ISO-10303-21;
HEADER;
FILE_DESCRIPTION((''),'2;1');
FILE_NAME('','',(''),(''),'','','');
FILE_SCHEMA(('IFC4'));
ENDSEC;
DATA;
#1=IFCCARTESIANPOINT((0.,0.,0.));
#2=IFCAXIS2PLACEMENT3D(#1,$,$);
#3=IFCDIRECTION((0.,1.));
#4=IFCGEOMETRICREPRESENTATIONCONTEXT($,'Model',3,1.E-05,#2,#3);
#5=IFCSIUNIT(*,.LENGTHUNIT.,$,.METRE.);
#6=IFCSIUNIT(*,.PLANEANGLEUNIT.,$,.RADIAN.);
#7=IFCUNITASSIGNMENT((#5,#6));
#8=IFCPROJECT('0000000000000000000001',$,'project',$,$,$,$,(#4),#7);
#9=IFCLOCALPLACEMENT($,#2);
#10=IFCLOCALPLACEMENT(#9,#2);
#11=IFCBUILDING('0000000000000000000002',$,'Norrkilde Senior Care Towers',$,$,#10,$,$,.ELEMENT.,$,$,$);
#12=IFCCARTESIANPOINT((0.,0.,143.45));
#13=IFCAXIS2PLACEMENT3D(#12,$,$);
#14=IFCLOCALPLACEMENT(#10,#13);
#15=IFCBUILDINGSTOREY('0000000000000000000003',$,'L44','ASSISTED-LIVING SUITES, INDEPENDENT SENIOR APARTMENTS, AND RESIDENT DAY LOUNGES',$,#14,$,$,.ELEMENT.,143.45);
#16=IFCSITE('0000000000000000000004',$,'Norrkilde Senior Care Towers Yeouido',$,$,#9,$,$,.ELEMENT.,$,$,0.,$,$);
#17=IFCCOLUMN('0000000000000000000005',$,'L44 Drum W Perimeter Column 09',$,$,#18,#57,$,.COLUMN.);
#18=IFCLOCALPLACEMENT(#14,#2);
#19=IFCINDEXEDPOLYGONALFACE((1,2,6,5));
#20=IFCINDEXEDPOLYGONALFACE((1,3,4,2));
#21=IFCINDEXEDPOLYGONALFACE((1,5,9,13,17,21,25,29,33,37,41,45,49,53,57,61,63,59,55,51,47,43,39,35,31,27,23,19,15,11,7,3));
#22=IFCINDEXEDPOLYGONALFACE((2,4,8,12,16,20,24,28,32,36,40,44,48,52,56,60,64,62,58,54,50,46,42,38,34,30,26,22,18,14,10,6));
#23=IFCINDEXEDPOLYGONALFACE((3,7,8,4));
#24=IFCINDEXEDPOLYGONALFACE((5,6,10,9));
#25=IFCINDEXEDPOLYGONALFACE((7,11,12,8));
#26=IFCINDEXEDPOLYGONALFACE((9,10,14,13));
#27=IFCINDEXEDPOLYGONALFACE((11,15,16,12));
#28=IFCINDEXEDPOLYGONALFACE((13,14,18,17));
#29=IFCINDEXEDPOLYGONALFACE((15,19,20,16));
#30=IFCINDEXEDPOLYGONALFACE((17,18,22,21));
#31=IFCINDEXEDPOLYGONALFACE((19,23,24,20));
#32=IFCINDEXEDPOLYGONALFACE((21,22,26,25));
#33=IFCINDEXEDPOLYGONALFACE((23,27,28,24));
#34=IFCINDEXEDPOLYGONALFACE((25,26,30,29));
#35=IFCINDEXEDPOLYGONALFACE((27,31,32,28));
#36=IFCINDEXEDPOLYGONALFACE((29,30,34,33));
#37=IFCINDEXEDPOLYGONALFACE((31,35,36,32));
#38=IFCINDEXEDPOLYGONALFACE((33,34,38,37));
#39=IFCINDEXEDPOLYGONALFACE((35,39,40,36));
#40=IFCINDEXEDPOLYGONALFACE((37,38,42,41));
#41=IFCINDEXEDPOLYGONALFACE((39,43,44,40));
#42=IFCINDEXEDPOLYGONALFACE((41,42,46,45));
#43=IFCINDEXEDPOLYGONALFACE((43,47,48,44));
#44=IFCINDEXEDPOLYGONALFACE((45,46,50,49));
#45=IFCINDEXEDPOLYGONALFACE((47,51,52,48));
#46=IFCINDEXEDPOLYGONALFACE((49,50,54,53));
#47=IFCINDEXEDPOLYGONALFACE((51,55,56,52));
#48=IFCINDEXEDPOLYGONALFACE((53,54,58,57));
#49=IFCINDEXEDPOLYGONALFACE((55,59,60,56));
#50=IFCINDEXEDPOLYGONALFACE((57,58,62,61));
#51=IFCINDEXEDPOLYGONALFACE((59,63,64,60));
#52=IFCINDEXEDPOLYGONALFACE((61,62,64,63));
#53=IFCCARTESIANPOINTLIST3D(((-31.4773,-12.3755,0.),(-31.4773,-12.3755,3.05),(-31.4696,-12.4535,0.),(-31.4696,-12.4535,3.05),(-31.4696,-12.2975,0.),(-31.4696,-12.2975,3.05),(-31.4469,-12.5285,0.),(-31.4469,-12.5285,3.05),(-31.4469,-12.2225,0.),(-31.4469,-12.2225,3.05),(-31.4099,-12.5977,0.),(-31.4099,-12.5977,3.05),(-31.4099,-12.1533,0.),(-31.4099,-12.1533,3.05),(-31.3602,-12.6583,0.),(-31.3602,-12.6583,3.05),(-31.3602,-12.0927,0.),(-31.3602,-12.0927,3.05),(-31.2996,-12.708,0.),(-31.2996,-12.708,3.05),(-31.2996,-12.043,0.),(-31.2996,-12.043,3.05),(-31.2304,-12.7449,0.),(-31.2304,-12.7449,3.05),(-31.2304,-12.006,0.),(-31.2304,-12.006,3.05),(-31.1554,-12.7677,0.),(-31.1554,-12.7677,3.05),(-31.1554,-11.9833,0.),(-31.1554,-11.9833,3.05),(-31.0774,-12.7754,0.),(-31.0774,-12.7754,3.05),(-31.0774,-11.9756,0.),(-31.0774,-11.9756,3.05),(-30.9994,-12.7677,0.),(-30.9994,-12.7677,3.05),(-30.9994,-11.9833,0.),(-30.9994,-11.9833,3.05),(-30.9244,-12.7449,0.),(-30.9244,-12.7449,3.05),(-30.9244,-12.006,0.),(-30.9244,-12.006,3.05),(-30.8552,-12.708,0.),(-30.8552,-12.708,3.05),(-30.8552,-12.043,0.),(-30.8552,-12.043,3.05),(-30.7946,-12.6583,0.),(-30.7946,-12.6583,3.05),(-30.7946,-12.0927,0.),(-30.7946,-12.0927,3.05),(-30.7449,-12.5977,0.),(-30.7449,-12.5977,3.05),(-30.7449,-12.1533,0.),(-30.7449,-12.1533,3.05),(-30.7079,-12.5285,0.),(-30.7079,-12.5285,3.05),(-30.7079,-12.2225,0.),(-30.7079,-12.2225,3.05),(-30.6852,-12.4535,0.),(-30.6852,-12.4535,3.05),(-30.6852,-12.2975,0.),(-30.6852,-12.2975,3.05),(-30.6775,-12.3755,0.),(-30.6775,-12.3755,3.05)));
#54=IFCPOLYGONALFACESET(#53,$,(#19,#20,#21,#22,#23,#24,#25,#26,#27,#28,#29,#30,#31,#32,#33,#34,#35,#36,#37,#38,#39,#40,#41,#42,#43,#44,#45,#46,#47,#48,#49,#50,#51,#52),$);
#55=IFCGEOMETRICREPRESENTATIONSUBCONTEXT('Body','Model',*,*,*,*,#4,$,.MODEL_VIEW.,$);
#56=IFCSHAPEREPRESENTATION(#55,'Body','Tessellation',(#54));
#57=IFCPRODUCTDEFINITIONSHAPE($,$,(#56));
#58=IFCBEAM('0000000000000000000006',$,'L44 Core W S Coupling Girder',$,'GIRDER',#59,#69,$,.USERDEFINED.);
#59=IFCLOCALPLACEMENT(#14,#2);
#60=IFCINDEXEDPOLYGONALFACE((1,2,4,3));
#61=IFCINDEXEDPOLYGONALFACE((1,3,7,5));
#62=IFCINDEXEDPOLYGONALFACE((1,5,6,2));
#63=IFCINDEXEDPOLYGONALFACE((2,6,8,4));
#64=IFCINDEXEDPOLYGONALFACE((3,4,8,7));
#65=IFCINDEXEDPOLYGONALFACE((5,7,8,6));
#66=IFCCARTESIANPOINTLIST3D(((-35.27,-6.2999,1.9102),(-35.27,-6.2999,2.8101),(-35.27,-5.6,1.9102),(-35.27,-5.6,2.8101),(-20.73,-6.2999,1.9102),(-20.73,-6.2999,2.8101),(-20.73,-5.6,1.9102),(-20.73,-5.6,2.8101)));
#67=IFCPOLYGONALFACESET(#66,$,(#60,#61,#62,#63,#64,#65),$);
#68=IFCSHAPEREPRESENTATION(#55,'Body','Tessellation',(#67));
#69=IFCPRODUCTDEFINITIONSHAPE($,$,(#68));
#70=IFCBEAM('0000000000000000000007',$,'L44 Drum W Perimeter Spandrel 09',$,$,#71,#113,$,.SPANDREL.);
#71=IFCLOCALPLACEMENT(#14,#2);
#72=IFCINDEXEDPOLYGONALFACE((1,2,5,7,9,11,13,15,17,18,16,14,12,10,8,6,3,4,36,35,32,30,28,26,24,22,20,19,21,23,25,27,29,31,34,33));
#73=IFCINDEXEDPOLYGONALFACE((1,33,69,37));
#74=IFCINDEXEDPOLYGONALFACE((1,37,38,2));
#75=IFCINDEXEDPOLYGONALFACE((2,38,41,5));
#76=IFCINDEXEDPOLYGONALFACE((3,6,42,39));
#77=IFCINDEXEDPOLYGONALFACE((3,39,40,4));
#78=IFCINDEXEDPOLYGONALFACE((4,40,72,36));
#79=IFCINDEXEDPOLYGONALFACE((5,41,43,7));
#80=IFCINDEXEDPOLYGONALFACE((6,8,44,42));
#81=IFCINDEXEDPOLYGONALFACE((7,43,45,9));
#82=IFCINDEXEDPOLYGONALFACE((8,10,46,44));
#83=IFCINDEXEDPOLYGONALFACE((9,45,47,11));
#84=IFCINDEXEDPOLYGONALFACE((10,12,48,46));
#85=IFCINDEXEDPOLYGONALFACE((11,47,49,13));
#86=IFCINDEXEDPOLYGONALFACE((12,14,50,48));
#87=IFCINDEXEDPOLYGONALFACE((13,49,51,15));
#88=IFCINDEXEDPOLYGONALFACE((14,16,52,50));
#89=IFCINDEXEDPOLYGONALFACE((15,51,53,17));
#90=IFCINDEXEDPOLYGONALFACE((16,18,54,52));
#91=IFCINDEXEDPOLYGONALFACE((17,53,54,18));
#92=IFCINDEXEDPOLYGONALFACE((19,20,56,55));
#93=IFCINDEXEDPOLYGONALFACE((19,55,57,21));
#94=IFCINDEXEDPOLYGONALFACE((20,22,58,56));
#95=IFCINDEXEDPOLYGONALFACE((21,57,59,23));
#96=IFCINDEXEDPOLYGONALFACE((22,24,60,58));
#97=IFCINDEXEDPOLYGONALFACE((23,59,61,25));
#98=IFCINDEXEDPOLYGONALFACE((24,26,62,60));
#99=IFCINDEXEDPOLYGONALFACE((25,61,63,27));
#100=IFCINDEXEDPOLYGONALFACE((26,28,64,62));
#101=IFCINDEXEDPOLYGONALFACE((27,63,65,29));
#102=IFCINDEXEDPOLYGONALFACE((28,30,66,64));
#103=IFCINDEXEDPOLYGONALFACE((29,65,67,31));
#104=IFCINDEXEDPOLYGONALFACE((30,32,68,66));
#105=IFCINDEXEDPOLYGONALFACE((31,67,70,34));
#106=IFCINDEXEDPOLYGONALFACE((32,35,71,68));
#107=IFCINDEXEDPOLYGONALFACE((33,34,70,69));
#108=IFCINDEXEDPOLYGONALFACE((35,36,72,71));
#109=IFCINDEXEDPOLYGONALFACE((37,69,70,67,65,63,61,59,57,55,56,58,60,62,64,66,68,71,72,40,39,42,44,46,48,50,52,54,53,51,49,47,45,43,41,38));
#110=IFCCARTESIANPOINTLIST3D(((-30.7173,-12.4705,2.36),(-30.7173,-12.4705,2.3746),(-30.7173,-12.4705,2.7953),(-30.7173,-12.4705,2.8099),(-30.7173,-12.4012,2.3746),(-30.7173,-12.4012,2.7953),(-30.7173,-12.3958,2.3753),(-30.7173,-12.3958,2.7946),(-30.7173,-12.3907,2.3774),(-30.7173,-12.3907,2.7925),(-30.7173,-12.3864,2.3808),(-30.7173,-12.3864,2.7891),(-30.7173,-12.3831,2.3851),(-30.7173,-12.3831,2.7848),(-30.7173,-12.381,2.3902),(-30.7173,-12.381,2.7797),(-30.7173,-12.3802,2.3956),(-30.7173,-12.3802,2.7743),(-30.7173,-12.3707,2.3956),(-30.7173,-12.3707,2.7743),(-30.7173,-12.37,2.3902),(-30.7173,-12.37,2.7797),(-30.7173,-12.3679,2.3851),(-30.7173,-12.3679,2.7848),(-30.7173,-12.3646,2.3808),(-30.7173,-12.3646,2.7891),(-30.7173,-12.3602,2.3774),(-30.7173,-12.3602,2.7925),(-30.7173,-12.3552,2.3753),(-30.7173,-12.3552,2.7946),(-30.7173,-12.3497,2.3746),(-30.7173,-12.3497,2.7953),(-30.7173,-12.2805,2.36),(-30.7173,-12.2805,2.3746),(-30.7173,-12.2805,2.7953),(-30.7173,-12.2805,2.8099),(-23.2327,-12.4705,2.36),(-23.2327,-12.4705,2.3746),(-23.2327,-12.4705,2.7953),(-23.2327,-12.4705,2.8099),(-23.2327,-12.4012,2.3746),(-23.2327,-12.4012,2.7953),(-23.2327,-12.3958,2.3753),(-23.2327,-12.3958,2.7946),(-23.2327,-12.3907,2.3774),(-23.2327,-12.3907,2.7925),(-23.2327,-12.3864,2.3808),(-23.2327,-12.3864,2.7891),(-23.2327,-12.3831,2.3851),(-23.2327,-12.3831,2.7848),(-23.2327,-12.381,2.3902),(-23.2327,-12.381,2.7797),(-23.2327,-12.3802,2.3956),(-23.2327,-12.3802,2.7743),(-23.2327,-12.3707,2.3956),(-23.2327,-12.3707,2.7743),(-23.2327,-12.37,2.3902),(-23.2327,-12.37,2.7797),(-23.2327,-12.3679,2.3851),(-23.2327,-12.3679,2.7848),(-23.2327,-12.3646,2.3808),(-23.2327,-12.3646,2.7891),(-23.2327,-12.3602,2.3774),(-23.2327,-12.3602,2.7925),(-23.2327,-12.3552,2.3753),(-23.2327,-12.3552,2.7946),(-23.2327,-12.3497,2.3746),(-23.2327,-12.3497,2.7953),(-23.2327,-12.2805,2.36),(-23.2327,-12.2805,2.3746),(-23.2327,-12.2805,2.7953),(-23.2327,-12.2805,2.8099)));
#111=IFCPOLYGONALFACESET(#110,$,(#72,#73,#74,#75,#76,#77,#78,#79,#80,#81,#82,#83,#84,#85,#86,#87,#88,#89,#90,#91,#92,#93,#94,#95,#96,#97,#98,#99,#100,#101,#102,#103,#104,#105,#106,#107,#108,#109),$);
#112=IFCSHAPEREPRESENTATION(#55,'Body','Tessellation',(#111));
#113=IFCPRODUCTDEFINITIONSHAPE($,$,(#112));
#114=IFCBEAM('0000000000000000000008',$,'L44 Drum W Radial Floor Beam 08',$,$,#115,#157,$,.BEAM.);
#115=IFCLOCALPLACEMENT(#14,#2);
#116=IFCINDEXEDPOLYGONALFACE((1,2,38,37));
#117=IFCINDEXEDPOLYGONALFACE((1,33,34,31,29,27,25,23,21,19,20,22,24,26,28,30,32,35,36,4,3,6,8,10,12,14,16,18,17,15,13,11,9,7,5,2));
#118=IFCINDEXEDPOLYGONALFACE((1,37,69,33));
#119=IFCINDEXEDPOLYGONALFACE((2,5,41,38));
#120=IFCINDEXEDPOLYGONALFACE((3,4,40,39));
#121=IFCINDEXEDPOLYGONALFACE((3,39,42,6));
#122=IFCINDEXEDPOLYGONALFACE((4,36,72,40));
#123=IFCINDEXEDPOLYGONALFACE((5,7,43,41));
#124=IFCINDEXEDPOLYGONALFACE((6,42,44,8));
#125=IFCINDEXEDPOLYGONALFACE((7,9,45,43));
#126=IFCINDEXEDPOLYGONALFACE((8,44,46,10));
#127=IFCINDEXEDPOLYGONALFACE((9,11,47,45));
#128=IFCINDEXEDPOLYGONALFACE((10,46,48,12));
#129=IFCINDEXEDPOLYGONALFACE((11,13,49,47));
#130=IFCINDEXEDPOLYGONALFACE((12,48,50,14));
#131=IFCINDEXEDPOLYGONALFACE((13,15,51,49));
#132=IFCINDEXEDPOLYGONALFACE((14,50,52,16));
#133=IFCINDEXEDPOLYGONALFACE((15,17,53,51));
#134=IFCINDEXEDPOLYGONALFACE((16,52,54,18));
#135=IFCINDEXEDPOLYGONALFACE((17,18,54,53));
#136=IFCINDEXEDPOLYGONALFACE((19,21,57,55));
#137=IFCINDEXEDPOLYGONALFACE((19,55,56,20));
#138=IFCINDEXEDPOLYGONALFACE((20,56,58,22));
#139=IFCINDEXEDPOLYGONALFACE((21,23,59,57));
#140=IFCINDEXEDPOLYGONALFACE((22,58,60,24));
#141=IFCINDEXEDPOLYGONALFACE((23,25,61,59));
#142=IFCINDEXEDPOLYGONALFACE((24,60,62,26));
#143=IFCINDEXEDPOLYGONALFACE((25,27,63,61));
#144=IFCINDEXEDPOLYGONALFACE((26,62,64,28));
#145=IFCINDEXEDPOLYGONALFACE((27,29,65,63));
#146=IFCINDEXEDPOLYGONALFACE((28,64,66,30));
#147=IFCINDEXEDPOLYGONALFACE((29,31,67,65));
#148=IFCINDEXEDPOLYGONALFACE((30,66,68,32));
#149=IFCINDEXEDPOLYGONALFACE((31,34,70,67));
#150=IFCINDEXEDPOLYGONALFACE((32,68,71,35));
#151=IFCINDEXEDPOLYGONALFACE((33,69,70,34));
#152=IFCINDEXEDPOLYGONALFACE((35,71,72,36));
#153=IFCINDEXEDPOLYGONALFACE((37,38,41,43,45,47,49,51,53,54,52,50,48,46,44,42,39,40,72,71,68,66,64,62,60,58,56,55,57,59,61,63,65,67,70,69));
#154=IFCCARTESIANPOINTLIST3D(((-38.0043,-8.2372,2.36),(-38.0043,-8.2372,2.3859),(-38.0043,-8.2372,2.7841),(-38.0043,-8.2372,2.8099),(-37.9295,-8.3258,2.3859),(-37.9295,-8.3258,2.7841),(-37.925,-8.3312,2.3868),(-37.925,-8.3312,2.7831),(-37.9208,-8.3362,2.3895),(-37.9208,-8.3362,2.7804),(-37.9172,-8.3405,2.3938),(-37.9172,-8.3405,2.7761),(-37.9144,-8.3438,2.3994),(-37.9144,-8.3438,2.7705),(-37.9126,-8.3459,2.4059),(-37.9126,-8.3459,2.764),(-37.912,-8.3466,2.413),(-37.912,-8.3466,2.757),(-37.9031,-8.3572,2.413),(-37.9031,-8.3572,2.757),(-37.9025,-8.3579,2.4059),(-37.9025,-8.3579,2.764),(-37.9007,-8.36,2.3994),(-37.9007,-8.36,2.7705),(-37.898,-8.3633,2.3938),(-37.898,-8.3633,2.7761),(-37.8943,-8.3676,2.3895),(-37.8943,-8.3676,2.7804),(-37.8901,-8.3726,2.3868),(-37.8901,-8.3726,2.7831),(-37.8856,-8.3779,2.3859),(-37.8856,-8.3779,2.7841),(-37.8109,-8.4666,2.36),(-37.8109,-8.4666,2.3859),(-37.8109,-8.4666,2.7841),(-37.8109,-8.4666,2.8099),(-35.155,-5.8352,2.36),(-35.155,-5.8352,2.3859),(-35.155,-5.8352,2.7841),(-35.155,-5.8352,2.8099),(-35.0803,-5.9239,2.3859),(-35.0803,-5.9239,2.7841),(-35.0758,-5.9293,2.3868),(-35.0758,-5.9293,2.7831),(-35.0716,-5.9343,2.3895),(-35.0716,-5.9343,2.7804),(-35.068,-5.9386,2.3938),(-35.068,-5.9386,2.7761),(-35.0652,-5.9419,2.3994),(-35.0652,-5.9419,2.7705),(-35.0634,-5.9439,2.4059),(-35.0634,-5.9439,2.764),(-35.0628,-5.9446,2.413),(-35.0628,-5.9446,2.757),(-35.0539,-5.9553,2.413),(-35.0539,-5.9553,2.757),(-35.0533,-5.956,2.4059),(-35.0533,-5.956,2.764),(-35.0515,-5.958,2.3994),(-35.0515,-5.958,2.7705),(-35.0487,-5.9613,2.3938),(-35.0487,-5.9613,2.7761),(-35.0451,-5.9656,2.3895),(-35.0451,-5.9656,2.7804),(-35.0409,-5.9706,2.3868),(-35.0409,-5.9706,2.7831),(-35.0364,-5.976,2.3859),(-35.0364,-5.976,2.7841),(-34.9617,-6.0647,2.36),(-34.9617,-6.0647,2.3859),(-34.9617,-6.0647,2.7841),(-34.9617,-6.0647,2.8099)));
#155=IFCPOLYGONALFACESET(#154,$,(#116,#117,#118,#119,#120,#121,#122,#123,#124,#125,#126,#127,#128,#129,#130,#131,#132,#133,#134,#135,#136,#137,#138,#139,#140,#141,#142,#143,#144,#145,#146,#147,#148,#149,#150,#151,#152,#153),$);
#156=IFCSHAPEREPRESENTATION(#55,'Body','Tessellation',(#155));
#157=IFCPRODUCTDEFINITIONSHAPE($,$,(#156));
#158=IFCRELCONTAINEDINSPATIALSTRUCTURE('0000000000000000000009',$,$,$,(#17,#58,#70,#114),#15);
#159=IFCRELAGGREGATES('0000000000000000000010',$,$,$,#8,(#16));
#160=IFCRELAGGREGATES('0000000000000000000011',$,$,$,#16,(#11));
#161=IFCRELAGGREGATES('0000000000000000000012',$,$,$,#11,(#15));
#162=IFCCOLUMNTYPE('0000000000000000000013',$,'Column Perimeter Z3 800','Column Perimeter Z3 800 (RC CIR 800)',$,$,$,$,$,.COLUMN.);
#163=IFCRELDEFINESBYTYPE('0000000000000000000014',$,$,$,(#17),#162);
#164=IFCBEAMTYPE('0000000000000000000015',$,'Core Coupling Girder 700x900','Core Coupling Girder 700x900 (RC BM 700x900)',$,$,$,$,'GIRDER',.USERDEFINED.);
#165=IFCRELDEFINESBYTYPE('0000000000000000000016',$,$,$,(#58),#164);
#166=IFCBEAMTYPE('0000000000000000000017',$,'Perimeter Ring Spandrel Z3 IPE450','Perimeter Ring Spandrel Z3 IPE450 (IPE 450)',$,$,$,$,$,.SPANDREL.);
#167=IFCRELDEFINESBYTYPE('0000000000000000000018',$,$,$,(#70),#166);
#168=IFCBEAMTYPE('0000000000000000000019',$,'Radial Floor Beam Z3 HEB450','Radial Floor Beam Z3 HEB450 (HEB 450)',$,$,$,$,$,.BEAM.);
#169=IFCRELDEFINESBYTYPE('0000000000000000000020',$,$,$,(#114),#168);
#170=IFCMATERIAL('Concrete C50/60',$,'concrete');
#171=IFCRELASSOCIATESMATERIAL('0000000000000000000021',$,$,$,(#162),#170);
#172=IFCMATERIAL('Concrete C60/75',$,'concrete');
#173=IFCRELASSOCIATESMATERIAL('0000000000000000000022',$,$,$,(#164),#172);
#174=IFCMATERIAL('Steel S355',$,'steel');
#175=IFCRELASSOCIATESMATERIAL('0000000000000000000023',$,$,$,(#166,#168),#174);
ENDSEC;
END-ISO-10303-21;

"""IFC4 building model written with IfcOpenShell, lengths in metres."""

from ifc_helpers import new_model, si_unit, direction, frame, origin, origin_2d, place, context, subcontext, project, spatial, rectangle, circle, i_section, extrude, source, transform, mapped, material, material_profile, profile_set, type_object, type_shapes, element, save


model = new_model("IFC4")

# Units and contexts
model_context = context("Model", 3, precision=1e-05, world=origin(), true_north=direction((0.0, 1.0)))
body_context = subcontext(model_context, "Body", "Model", "MODEL_VIEW")
ifc_project = project(units=[si_unit("LENGTHUNIT", "METRE"), si_unit("PLANEANGLEUNIT", "RADIAN")], contexts=[model_context])

# Site, building, storey
site_placement = place(None, origin())
site = spatial("IfcSite", under=ifc_project, at=site_placement, Name="Norrkilde Senior Care Towers Yeouido", CompositionType="ELEMENT", RefElevation=0.0)
building_placement = place(site_placement, origin())
building = spatial("IfcBuilding", under=site, at=building_placement, Name="Norrkilde Senior Care Towers", CompositionType="ELEMENT")
storey_placement = place(building_placement, frame((0.0, 0.0, 143.45)))
storey = spatial("IfcBuildingStorey", under=building, at=storey_placement, Name="L44", Description="ASSISTED-LIVING SUITES, INDEPENDENT SENIOR APARTMENTS, AND RESIDENT DAY LOUNGES", CompositionType="ELEMENT", Elevation=143.45)

# Column
ifc_material_1 = material(Name="Concrete C50/60", Category="concrete")
ifc_material_profile_1 = material_profile(ifc_material_1, circle(Radius=0.3999, at=origin_2d()), Name="RC CIR 800")
ifc_profile_set_1 = profile_set([ifc_material_profile_1], Name="Concrete C50/60")
column_type = type_object("IfcColumnType", Name="Column Perimeter Z3 800", Description="Column Perimeter Z3 800 (RC CIR 800)", PredefinedType="COLUMN", material=ifc_profile_set_1)
shared_shape_1 = source(origin(), body_context, "Body", "SweptSolid", [
    extrude(circle(Radius=0.3999, at=origin_2d()), origin(), (0.0, 0.0, 1.0), 3.05),
])
type_shapes(column_type, [shared_shape_1])
column_placement = place(storey_placement, frame((-31.0774, -12.3755, 0.0), z_axis=(0.0, 0.0, 1.0), x_axis=(1.0, 0.0, 0.0)))
element("IfcColumn", 1, at=column_placement, inside=storey, type_object=column_type, Name="L44 Drum W Perimeter Column 09", PredefinedType="COLUMN", context=body_context, shape_type="MappedRepresentation", body=[
    mapped(shared_shape_1, transform((0.0, 0.0, 0.0), x_axis=(1.0, 0.0, 0.0), y_axis=(0.0, 1.0, 0.0), z_axis=(0.0, 0.0, 1.0), scale=1.0)),
])

# Beams
ifc_material_2 = material(Name="Concrete C60/75", Category="concrete")
ifc_material_profile_2 = material_profile(ifc_material_2, rectangle(XDim=0.7, YDim=0.8999, at=origin_2d()), Name="RC BM 700x900")
ifc_profile_set_2 = profile_set([ifc_material_profile_2], Name="Concrete C60/75")
beam_type_1 = type_object("IfcBeamType", Name="Core Coupling Girder 700x900", Description="Core Coupling Girder 700x900 (RC BM 700x900)", ElementType="GIRDER", PredefinedType="USERDEFINED", material=ifc_profile_set_2)
shared_shape_2 = source(origin(), body_context, "Body", "SweptSolid", [
    extrude(rectangle(XDim=0.7, YDim=0.8999, at=origin_2d()), origin(), (0.0, 0.0, 1.0), 14.54),
])
type_shapes(beam_type_1, [shared_shape_2])
beam_1_placement = place(storey_placement, frame((-35.27, -5.95, 2.3601), z_axis=(1.0, 0.0, 0.0), x_axis=(0.0, 1.0, 0.0)))
element("IfcBeam", 2, at=beam_1_placement, inside=storey, type_object=beam_type_1, Name="L44 Core W S Coupling Girder", ObjectType="GIRDER", PredefinedType="USERDEFINED", context=body_context, shape_type="MappedRepresentation", body=[
    mapped(shared_shape_2, transform((0.0, 0.0, 0.0), x_axis=(1.0, 0.0, 0.0), y_axis=(0.0, 1.0, 0.0), z_axis=(0.0, 0.0, 1.0), scale=1.0)),
])
ifc_material_3 = material(Name="Steel S355", Category="steel")
ifc_material_profile_3 = material_profile(ifc_material_3, i_section(OverallWidth=0.1899, OverallDepth=0.45, WebThickness=0.0095, FlangeThickness=0.0146, FilletRadius=0.021, at=origin_2d()), Name="IPE 450")
ifc_profile_set_3 = profile_set([ifc_material_profile_3], Name="Steel S355")
beam_type_2 = type_object("IfcBeamType", Name="Perimeter Ring Spandrel Z3 IPE450", Description="Perimeter Ring Spandrel Z3 IPE450 (IPE 450)", PredefinedType="SPANDREL", material=ifc_profile_set_3)
shared_shape_3 = source(origin(), body_context, "Body", "SweptSolid", [
    extrude(i_section(OverallWidth=0.1899, OverallDepth=0.45, WebThickness=0.0095, FlangeThickness=0.0146, FilletRadius=0.021, at=origin_2d()), origin(), (0.0, 0.0, 1.0), 7.4846),
])
type_shapes(beam_type_2, [shared_shape_3])
beam_2_placement = place(storey_placement, frame((-30.7173, -12.3755, 2.585), z_axis=(1.0, 0.0, 0.0), x_axis=(0.0, 1.0, 0.0)))
element("IfcBeam", 3, at=beam_2_placement, inside=storey, type_object=beam_type_2, Name="L44 Drum W Perimeter Spandrel 09", PredefinedType="SPANDREL", context=body_context, shape_type="MappedRepresentation", body=[
    mapped(shared_shape_3, transform((0.0, 0.0, 0.0), x_axis=(1.0, 0.0, 0.0), y_axis=(0.0, 1.0, 0.0), z_axis=(0.0, 0.0, 1.0), scale=1.0)),
])
ifc_material_profile_4 = material_profile(ifc_material_3, i_section(OverallWidth=0.3, OverallDepth=0.45, WebThickness=0.0139, FlangeThickness=0.0259, FilletRadius=0.0271, at=origin_2d()), Name="HEB 450")
ifc_profile_set_4 = profile_set([ifc_material_profile_4], Name="Steel S355")
beam_type_3 = type_object("IfcBeamType", Name="Radial Floor Beam Z3 HEB450", Description="Radial Floor Beam Z3 HEB450 (HEB 450)", PredefinedType="BEAM", material=ifc_profile_set_4)
shared_shape_4 = source(origin(), body_context, "Body", "SweptSolid", [
    extrude(i_section(OverallWidth=0.3, OverallDepth=0.45, WebThickness=0.0139, FlangeThickness=0.0259, FilletRadius=0.0271, at=origin_2d()), origin(), (0.0, 0.0, 1.0), 3.7266),
])
beam_3_placement = place(storey_placement, frame((-35.0583, -5.95, 2.585), z_axis=(-0.764568, -0.644543, 0.0), x_axis=(0.644543, -0.764568, 0.0)))
element("IfcBeam", 4, at=beam_3_placement, inside=storey, type_object=beam_type_3, Name="L44 Drum W Radial Floor Beam 08", PredefinedType="BEAM", context=body_context, shape_type="MappedRepresentation", body=[
    mapped(shared_shape_4, transform((0.0, 0.0, 0.0), x_axis=(1.0, 0.0, 0.0), y_axis=(0.0, 1.0, 0.0), z_axis=(0.0, 0.0, 1.0), scale=1.0)),
])

save(model, "model.ifc")
